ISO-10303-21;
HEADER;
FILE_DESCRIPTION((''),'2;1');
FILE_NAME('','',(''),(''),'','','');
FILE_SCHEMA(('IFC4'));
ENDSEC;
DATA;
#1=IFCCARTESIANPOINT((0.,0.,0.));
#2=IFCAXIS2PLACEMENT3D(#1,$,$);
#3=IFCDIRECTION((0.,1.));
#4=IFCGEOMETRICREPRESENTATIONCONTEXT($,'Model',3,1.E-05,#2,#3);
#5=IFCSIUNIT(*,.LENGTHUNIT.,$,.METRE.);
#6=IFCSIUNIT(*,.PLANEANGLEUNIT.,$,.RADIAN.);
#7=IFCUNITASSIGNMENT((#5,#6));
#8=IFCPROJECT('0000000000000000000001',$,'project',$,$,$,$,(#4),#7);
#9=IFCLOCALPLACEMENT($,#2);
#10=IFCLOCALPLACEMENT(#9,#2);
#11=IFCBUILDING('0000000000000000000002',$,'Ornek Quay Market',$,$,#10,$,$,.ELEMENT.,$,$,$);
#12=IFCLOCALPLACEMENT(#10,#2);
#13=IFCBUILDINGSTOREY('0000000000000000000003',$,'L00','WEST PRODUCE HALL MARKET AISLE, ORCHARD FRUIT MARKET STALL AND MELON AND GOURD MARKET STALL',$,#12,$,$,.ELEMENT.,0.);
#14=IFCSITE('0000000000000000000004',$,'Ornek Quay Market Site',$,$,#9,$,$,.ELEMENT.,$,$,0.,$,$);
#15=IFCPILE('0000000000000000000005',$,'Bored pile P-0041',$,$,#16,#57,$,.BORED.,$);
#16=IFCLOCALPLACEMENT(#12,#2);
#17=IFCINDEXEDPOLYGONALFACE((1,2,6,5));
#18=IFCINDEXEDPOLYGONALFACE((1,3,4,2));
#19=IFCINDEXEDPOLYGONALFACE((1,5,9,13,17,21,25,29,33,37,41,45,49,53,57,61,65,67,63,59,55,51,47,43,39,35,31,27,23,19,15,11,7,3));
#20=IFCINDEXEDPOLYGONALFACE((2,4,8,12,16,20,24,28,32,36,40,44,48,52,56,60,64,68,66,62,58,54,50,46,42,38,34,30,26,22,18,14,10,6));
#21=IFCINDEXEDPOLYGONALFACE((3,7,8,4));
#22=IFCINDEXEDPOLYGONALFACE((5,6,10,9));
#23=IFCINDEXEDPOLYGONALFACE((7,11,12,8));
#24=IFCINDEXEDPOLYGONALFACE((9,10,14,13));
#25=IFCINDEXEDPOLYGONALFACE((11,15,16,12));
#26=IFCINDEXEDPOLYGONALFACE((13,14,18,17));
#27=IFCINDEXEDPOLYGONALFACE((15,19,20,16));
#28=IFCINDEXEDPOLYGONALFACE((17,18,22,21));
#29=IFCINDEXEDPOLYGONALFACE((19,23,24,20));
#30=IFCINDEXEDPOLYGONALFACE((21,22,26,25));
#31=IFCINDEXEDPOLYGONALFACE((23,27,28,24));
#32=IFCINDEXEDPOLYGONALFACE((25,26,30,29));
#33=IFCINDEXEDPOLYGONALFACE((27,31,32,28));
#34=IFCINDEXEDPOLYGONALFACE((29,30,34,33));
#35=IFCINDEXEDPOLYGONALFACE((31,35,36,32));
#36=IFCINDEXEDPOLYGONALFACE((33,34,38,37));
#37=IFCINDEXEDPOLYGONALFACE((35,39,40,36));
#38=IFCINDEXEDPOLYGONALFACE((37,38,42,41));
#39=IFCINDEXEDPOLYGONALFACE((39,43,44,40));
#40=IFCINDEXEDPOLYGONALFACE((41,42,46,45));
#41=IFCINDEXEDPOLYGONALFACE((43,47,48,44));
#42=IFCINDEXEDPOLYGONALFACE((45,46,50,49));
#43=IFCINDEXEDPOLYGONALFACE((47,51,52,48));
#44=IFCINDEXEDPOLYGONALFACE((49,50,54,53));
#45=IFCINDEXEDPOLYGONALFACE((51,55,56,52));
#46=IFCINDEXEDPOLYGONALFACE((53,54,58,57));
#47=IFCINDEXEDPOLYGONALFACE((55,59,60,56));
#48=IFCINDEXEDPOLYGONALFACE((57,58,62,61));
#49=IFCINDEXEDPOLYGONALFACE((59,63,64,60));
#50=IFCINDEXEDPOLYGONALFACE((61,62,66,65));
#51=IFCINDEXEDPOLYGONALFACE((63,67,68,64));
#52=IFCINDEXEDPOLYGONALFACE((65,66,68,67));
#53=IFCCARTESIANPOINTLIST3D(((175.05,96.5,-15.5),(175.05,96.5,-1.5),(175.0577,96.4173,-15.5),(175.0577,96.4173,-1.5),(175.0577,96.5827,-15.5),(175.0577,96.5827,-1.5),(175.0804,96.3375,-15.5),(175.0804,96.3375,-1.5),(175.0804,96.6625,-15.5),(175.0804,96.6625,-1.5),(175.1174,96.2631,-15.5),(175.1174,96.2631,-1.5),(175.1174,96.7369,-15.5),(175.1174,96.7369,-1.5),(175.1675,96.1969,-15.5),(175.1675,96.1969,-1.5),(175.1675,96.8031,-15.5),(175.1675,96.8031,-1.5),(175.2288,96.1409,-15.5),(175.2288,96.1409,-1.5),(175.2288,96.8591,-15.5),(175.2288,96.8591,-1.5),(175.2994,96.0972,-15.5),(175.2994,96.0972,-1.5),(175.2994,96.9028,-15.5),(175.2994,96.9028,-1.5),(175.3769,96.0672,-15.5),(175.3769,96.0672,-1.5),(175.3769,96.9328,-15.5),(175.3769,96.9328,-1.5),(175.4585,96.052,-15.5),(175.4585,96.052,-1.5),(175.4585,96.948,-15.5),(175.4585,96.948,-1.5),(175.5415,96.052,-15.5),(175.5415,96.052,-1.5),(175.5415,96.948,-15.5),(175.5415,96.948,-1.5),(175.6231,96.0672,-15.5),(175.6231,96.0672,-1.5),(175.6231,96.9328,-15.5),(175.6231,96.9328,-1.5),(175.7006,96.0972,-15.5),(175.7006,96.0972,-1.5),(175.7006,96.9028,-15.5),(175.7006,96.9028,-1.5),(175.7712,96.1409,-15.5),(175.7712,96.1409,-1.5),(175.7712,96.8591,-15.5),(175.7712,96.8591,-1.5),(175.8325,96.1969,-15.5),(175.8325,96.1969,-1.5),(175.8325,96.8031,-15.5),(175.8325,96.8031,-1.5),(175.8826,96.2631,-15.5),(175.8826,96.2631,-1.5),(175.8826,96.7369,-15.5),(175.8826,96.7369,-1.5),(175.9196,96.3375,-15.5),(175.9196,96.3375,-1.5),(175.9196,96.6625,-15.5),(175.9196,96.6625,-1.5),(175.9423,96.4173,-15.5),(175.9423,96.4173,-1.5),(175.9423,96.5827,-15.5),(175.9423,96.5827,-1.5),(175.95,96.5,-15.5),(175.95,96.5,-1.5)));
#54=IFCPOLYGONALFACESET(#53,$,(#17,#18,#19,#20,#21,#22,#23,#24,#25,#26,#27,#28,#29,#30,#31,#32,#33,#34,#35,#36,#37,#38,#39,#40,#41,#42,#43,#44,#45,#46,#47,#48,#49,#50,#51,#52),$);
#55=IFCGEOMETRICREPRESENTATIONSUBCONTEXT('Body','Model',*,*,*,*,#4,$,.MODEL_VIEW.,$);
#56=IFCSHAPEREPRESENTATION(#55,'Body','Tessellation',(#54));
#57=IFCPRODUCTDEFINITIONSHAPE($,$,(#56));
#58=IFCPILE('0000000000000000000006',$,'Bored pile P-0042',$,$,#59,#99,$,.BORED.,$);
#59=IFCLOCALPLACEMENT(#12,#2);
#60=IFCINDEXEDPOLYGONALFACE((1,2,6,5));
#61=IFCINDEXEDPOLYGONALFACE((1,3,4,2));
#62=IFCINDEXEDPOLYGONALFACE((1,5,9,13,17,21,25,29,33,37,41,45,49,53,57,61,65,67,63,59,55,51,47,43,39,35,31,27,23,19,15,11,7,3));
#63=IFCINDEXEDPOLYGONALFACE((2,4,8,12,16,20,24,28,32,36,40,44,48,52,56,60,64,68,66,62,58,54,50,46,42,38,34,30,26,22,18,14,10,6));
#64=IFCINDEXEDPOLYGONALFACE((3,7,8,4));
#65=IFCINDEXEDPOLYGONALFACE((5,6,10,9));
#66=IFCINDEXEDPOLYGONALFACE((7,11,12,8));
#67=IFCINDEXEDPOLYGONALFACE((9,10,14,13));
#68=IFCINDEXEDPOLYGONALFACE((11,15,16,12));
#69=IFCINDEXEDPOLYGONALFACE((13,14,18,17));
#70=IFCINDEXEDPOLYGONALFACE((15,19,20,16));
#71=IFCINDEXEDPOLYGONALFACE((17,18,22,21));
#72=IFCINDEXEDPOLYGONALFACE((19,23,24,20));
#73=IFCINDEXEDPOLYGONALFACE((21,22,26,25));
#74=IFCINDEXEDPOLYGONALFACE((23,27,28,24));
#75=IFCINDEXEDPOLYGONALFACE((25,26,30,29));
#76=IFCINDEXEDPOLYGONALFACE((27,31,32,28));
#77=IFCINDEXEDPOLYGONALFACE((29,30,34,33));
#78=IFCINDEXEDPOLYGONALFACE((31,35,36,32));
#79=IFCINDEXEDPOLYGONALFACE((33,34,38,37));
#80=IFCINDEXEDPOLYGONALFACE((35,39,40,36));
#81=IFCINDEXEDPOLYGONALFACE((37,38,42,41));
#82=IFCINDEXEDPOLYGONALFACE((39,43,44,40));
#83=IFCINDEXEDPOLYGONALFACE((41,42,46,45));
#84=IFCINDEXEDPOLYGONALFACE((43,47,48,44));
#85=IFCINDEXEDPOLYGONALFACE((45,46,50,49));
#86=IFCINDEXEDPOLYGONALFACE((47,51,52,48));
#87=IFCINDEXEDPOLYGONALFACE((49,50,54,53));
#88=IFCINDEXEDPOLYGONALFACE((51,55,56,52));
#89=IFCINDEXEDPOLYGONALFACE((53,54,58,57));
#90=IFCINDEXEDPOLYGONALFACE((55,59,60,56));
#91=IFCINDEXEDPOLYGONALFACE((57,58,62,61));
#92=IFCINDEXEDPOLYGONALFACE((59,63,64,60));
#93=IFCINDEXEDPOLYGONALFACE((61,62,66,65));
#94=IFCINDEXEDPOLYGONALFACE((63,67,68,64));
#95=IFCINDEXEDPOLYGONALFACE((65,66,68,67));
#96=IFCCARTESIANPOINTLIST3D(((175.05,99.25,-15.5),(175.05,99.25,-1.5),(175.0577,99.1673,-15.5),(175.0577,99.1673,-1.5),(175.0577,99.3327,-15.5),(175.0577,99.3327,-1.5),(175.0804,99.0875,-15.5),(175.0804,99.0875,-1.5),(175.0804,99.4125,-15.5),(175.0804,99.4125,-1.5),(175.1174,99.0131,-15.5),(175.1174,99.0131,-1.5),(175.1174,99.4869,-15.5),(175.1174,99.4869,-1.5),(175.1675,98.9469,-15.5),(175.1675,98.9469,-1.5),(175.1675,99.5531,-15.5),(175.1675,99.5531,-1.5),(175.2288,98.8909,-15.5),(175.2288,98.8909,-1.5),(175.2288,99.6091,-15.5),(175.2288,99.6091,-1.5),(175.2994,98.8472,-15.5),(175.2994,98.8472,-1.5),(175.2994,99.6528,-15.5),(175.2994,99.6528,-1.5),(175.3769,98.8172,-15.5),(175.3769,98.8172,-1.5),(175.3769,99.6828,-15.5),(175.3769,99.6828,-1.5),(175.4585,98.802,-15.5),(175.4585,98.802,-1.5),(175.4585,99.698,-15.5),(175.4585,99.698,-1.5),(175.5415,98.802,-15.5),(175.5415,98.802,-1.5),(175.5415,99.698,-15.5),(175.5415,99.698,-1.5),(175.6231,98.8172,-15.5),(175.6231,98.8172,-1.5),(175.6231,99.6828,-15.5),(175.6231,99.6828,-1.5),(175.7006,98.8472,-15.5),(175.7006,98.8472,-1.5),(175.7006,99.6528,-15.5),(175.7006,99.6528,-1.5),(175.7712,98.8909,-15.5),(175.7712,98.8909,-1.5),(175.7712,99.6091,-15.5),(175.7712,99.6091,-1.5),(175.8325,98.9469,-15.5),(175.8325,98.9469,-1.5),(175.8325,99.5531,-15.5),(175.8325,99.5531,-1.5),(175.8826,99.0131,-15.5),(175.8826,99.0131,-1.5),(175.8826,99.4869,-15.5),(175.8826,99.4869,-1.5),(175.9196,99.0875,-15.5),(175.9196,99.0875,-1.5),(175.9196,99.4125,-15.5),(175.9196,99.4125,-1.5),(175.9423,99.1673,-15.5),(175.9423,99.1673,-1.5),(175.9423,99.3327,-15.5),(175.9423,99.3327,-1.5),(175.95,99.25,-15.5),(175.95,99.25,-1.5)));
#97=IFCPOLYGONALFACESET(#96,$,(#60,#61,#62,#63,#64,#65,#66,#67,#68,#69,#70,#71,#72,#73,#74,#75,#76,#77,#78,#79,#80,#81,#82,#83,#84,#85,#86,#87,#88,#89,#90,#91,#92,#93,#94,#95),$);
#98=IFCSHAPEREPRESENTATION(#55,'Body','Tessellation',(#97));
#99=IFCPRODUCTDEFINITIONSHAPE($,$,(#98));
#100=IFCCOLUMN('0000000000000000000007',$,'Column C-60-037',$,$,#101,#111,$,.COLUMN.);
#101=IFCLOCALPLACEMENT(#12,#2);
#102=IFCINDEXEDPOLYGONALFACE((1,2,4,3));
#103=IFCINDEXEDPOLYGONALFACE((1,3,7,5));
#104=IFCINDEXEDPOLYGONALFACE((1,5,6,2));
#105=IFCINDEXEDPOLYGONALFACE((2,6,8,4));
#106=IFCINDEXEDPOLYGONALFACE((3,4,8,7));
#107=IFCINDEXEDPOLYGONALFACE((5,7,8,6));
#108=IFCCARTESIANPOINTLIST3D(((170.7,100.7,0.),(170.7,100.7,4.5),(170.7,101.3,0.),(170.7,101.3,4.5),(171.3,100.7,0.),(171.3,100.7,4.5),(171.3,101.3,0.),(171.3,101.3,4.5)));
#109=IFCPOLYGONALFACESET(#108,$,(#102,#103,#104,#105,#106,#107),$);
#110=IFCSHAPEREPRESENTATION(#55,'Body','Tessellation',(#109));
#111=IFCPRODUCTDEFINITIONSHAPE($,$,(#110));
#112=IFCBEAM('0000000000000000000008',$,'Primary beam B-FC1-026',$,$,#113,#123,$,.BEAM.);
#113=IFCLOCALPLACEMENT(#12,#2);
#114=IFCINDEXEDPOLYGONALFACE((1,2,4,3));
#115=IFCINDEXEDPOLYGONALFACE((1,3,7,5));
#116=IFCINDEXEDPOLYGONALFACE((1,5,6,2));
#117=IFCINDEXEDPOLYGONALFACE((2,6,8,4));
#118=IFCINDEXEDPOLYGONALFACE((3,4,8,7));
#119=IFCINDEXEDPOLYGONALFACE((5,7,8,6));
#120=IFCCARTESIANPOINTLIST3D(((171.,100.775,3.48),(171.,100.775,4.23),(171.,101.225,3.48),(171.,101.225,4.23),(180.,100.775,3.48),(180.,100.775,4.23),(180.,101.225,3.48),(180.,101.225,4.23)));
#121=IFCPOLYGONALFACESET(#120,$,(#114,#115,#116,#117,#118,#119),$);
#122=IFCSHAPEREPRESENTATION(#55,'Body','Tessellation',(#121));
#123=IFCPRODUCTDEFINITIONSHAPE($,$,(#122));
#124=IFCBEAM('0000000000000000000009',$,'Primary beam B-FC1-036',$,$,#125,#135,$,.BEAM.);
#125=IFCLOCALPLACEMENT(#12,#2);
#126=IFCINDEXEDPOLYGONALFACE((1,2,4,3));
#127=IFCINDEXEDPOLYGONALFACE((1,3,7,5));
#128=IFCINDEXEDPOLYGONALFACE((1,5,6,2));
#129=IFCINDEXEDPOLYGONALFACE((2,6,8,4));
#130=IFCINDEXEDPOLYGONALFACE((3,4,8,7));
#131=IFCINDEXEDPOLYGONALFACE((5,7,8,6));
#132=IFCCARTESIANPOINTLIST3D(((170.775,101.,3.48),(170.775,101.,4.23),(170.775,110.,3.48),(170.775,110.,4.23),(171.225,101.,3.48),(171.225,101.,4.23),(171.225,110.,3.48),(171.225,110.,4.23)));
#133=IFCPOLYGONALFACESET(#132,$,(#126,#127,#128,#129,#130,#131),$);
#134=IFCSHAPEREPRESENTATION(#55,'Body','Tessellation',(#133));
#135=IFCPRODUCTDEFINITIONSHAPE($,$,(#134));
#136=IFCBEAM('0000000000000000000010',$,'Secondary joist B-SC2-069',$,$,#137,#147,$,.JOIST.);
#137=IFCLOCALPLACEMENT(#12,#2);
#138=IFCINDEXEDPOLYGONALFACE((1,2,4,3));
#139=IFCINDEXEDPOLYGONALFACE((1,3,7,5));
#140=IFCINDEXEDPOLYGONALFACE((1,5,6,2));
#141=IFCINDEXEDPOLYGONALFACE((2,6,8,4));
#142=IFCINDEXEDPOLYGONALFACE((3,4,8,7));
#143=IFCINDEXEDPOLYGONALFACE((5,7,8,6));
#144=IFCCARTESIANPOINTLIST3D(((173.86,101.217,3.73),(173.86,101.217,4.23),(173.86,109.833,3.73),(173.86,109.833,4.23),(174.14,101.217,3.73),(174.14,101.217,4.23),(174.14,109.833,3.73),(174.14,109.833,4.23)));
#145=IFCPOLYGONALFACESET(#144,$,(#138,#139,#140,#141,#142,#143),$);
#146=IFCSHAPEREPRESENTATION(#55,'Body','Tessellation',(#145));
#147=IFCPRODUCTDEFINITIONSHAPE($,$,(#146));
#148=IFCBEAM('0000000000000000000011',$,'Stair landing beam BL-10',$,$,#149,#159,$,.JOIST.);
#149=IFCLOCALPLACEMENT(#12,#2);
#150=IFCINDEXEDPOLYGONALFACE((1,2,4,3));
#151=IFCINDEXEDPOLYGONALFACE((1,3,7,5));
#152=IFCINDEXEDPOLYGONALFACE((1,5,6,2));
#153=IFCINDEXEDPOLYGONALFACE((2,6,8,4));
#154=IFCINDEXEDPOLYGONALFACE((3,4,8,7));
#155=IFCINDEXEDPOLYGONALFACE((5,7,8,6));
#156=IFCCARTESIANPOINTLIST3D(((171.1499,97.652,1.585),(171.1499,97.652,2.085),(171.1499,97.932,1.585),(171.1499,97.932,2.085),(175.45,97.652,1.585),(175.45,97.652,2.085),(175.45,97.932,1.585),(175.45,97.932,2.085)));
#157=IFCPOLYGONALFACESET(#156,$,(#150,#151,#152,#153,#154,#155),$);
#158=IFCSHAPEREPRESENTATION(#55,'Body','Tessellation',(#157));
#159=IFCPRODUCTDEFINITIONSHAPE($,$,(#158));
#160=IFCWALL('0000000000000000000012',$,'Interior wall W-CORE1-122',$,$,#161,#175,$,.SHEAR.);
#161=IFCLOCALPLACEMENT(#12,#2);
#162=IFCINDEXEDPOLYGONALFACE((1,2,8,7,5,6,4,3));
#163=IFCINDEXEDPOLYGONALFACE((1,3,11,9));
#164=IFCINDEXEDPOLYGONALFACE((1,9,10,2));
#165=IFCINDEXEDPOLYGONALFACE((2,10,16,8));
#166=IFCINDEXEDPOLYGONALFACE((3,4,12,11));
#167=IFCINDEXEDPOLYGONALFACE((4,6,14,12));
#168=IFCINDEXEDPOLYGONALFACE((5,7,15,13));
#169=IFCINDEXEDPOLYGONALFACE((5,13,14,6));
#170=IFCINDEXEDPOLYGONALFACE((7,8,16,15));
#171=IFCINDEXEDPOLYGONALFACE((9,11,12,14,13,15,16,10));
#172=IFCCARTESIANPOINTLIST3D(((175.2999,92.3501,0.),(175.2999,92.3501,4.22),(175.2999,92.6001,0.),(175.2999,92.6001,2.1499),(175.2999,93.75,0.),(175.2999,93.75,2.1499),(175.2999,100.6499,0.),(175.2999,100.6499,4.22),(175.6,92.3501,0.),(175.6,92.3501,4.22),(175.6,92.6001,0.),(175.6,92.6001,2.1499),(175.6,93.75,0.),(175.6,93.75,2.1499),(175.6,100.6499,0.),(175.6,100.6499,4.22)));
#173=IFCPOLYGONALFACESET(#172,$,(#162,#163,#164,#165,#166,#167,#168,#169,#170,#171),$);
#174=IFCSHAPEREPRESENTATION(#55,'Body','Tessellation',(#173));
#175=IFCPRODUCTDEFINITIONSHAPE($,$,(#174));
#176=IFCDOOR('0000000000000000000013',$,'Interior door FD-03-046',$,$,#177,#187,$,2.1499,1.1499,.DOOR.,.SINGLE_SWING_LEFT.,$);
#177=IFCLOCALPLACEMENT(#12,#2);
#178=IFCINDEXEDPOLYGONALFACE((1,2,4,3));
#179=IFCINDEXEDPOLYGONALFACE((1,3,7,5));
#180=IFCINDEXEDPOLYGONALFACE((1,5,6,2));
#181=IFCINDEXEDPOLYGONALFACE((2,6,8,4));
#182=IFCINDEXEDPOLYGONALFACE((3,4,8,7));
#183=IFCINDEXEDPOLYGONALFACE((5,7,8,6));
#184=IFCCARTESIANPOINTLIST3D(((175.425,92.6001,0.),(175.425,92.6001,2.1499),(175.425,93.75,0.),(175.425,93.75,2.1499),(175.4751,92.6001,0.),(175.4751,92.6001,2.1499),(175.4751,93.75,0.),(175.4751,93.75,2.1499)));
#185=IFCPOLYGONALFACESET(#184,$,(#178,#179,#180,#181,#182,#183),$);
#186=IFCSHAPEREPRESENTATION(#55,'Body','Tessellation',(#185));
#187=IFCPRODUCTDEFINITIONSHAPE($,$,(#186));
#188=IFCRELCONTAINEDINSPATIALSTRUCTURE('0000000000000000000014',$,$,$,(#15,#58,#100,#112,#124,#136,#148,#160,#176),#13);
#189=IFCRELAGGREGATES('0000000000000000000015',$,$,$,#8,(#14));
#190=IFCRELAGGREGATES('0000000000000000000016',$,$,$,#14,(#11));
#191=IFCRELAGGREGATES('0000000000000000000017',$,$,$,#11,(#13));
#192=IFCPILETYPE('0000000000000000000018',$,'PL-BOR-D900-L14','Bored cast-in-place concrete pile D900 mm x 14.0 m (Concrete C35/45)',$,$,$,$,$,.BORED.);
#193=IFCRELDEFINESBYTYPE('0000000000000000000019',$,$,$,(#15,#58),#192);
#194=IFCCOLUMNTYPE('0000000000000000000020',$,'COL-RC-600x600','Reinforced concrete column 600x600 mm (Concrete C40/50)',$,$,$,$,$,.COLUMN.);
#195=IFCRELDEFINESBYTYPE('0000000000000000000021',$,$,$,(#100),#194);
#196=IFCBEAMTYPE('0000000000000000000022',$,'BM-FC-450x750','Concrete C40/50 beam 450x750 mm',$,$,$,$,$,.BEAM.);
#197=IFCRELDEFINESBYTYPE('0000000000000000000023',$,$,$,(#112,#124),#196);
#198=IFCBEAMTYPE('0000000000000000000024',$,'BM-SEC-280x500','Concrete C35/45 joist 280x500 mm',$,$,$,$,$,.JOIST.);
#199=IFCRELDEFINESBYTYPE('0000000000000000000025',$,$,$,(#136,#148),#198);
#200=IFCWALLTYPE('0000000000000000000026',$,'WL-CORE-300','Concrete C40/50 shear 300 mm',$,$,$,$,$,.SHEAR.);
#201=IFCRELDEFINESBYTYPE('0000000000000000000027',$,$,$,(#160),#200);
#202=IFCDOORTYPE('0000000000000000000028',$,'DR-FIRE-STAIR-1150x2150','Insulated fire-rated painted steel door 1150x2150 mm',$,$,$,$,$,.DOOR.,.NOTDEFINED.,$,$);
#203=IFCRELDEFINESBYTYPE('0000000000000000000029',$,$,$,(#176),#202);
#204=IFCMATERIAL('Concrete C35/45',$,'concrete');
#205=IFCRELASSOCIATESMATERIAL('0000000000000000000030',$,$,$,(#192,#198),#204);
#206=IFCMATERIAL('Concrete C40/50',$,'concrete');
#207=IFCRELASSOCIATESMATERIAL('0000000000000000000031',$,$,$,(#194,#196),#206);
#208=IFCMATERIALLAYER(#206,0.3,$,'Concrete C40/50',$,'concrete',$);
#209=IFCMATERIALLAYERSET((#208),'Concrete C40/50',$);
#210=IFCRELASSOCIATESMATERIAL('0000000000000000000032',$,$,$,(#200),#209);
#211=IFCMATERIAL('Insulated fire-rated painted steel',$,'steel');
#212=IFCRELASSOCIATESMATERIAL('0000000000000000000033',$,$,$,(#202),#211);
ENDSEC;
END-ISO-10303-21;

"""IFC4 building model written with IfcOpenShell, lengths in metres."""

from ifc_helpers import new_model, si_unit, direction, frame, frame_2d, origin, origin_2d, place, context, subcontext, project, spatial, rectangle, circle, extrude, material, layer, layer_set, material_profile, profile_set, type_object, element, fill, save


model = new_model("IFC4")

# Units and contexts
model_context = context("Model", 3, precision=1e-05, world=origin(), true_north=direction((0.0, 1.0)))
body_context = subcontext(model_context, "Body", "Model", "MODEL_VIEW")
ifc_project = project(units=[si_unit("LENGTHUNIT", "METRE"), si_unit("PLANEANGLEUNIT", "RADIAN")], contexts=[model_context])

# Site, building, storey
site_placement = place(None, origin())
site = spatial("IfcSite", under=ifc_project, at=site_placement, Name="Ornek Quay Market Site", CompositionType="ELEMENT", RefElevation=0.0)
building_placement = place(site_placement, origin())
building = spatial("IfcBuilding", under=site, at=building_placement, Name="Ornek Quay Market", CompositionType="ELEMENT")
storey_placement = place(building_placement, origin())
storey = spatial("IfcBuildingStorey", under=building, at=storey_placement, Name="L00", Description="WEST PRODUCE HALL MARKET AISLE, ORCHARD FRUIT MARKET STALL AND MELON AND GOURD MARKET STALL", CompositionType="ELEMENT", Elevation=0.0)

# Piles
ifc_material_1 = material(Name="Concrete C35/45", Category="concrete")
ifc_material_profile_1 = material_profile(ifc_material_1, circle(Radius=0.45, at=origin_2d()), Name="PILE D900", Category="concrete")
ifc_profile_set_1 = profile_set([ifc_material_profile_1], Name="Concrete C35/45")
pile_type = type_object("IfcPileType", Name="PL-BOR-D900-L14", Description="Bored cast-in-place concrete pile D900 mm x 14.0 m (Concrete C35/45)", PredefinedType="BORED", material=ifc_profile_set_1)
for number, where, z_axis, x_axis, name in (
    (1, (175.5, 96.5, -1.5), (0.0, 0.0, -1.0), (1.0, 0.0, 0.0), "Bored pile P-0041"),
    (2, (175.5, 99.25, -1.5), (0.0, 0.0, -1.0), (1.0, 0.0, 0.0), "Bored pile P-0042"),
):
    element("IfcPile", number, at=place(storey_placement, frame(where, z_axis=z_axis, x_axis=x_axis)), inside=storey, type_object=pile_type, Name=name, PredefinedType="BORED", context=body_context, shape_type="SweptSolid", body=[
        extrude(circle(Radius=0.45, at=origin_2d()), origin(), (0.0, 0.0, 1.0), 14.0),
    ])

# Column
ifc_material_2 = material(Name="Concrete C40/50", Category="concrete")
ifc_material_profile_2 = material_profile(ifc_material_2, rectangle(XDim=0.6001, YDim=0.6001, at=origin_2d()), Name="RC 600x600", Category="concrete")
ifc_profile_set_2 = profile_set([ifc_material_profile_2], Name="Concrete C40/50")
column_type = type_object("IfcColumnType", Name="COL-RC-600x600", Description="Reinforced concrete column 600x600 mm (Concrete C40/50)", PredefinedType="COLUMN", material=ifc_profile_set_2)
column_placement = place(storey_placement, frame((171.0, 101.0, 0.0), z_axis=(0.0, 0.0, 1.0), x_axis=(1.0, 0.0, 0.0)))
element("IfcColumn", 3, at=column_placement, inside=storey, type_object=column_type, Name="Column C-60-037", PredefinedType="COLUMN", context=body_context, shape_type="SweptSolid", body=[
    extrude(rectangle(XDim=0.6001, YDim=0.6001, at=origin_2d()), origin(), (0.0, 0.0, 1.0), 4.5),
])

# Beams
ifc_material_profile_3 = material_profile(ifc_material_2, rectangle(XDim=0.45, YDim=0.75, at=origin_2d()), Name="RC 450x750", Category="concrete")
ifc_profile_set_3 = profile_set([ifc_material_profile_3], Name="Concrete C40/50")
beam_type_1 = type_object("IfcBeamType", Name="BM-FC-450x750", Description="Concrete C40/50 beam 450x750 mm", PredefinedType="BEAM", material=ifc_profile_set_3)
for number, where, z_axis, x_axis, name in (
    (4, (171.0, 101.0, 3.855), (1.0, 0.0, 0.0), (0.0, 1.0, 0.0), "Primary beam B-FC1-026"),
    (5, (171.0, 101.0, 3.855), (0.0, 1.0, 0.0), (-1.0, 0.0, 0.0), "Primary beam B-FC1-036"),
):
    element("IfcBeam", number, at=place(storey_placement, frame(where, z_axis=z_axis, x_axis=x_axis)), inside=storey, type_object=beam_type_1, Name=name, PredefinedType="BEAM", context=body_context, shape_type="SweptSolid", body=[
        extrude(rectangle(XDim=0.45, YDim=0.75, at=origin_2d()), origin(), (0.0, 0.0, 1.0), 9.0),
    ])
ifc_material_profile_4 = material_profile(ifc_material_1, rectangle(XDim=0.28, YDim=0.5, at=origin_2d()), Name="RC 280x500", Category="concrete")
ifc_profile_set_4 = profile_set([ifc_material_profile_4], Name="Concrete C35/45")
beam_type_2 = type_object("IfcBeamType", Name="BM-SEC-280x500", Description="Concrete C35/45 joist 280x500 mm", PredefinedType="JOIST", material=ifc_profile_set_4)
beam_1_placement = place(storey_placement, frame((174.0, 101.217, 3.98), z_axis=(0.0, 1.0, 0.0), x_axis=(-1.0, 0.0, 0.0)))
element("IfcBeam", 6, at=beam_1_placement, inside=storey, type_object=beam_type_2, Name="Secondary joist B-SC2-069", PredefinedType="JOIST", context=body_context, shape_type="SweptSolid", body=[
    extrude(rectangle(XDim=0.28, YDim=0.5, at=origin_2d()), origin(), (0.0, 0.0, 1.0), 8.616),
])
beam_2_placement = place(storey_placement, frame((171.1499, 97.792, 1.835), z_axis=(1.0, 0.0, 0.0), x_axis=(0.0, 1.0, 0.0)))
element("IfcBeam", 7, at=beam_2_placement, inside=storey, type_object=beam_type_2, Name="Stair landing beam BL-10", PredefinedType="JOIST", context=body_context, shape_type="SweptSolid", body=[
    extrude(rectangle(XDim=0.28, YDim=0.5, at=origin_2d()), origin(), (0.0, 0.0, 1.0), 4.3),
])

# Wall, opening, door
ifc_layer = layer(ifc_material_2, 0.3, Name="Concrete C40/50", Category="concrete")
ifc_layer_set = layer_set([ifc_layer], Name="Concrete C40/50")
wall_type = type_object("IfcWallType", Name="WL-CORE-300", Description="Concrete C40/50 shear 300 mm", PredefinedType="SHEAR", material=ifc_layer_set)
wall_1_placement = place(storey_placement, frame((175.45, 92.3501, 0.0), z_axis=(0.0, 0.0, 1.0), x_axis=(0.0, 1.0, 0.0)))
wall_1 = element("IfcWall", 8, at=wall_1_placement, inside=storey, type_object=wall_type, Name="Interior wall W-CORE1-122", PredefinedType="SHEAR", context=body_context, shape_type="SweptSolid", body=[
    extrude(rectangle(XDim=8.2998, YDim=0.3, at=frame_2d((4.1499, 0.0))), origin(), (0.0, 0.0, 1.0), 4.22),
])
opening_1_placement = place(wall_1_placement, frame((0.25, 0.0, 0.0)))
opening_1 = element("IfcOpeningElement", 9, at=opening_1_placement, cuts=wall_1, PredefinedType="OPENING", context=body_context, shape_type="SweptSolid", body=[
    extrude(rectangle(XDim=1.1499, YDim=2.1499, at=frame_2d((0.575, 1.075))), frame((0.0, 0.1599, 0.0), z_axis=(0.0, -1.0, 0.0), x_axis=(1.0, 0.0, 0.0)), (0.0, 0.0, 1.0), 0.3201),
])
ifc_material_3 = material(Name="Insulated fire-rated painted steel", Category="steel")
door_type_1 = type_object("IfcDoorType", Name="DR-FIRE-STAIR-1150x2150", Description="Insulated fire-rated painted steel door 1150x2150 mm", OperationType="NOTDEFINED", PredefinedType="DOOR", material=ifc_material_3)
door_1_placement = place(opening_1_placement, origin())
door_1 = element("IfcDoor", 10, at=door_1_placement, inside=storey, type_object=door_type_1, Name="Interior door FD-03-046", OperationType="SINGLE_SWING_LEFT", OverallHeight=2.1499, OverallWidth=1.1499, PredefinedType="DOOR", context=body_context, shape_type="SweptSolid", body=[
    extrude(rectangle(XDim=1.1499, YDim=2.1499, at=frame_2d((0.575, 1.075))), frame((0.0, 0.0249, 0.0), z_axis=(0.0, -1.0, 0.0), x_axis=(1.0, 0.0, 0.0)), (0.0, 0.0, 1.0), 0.05),
])
fill(opening_1, door_1)

save(model, "model.ifc")
